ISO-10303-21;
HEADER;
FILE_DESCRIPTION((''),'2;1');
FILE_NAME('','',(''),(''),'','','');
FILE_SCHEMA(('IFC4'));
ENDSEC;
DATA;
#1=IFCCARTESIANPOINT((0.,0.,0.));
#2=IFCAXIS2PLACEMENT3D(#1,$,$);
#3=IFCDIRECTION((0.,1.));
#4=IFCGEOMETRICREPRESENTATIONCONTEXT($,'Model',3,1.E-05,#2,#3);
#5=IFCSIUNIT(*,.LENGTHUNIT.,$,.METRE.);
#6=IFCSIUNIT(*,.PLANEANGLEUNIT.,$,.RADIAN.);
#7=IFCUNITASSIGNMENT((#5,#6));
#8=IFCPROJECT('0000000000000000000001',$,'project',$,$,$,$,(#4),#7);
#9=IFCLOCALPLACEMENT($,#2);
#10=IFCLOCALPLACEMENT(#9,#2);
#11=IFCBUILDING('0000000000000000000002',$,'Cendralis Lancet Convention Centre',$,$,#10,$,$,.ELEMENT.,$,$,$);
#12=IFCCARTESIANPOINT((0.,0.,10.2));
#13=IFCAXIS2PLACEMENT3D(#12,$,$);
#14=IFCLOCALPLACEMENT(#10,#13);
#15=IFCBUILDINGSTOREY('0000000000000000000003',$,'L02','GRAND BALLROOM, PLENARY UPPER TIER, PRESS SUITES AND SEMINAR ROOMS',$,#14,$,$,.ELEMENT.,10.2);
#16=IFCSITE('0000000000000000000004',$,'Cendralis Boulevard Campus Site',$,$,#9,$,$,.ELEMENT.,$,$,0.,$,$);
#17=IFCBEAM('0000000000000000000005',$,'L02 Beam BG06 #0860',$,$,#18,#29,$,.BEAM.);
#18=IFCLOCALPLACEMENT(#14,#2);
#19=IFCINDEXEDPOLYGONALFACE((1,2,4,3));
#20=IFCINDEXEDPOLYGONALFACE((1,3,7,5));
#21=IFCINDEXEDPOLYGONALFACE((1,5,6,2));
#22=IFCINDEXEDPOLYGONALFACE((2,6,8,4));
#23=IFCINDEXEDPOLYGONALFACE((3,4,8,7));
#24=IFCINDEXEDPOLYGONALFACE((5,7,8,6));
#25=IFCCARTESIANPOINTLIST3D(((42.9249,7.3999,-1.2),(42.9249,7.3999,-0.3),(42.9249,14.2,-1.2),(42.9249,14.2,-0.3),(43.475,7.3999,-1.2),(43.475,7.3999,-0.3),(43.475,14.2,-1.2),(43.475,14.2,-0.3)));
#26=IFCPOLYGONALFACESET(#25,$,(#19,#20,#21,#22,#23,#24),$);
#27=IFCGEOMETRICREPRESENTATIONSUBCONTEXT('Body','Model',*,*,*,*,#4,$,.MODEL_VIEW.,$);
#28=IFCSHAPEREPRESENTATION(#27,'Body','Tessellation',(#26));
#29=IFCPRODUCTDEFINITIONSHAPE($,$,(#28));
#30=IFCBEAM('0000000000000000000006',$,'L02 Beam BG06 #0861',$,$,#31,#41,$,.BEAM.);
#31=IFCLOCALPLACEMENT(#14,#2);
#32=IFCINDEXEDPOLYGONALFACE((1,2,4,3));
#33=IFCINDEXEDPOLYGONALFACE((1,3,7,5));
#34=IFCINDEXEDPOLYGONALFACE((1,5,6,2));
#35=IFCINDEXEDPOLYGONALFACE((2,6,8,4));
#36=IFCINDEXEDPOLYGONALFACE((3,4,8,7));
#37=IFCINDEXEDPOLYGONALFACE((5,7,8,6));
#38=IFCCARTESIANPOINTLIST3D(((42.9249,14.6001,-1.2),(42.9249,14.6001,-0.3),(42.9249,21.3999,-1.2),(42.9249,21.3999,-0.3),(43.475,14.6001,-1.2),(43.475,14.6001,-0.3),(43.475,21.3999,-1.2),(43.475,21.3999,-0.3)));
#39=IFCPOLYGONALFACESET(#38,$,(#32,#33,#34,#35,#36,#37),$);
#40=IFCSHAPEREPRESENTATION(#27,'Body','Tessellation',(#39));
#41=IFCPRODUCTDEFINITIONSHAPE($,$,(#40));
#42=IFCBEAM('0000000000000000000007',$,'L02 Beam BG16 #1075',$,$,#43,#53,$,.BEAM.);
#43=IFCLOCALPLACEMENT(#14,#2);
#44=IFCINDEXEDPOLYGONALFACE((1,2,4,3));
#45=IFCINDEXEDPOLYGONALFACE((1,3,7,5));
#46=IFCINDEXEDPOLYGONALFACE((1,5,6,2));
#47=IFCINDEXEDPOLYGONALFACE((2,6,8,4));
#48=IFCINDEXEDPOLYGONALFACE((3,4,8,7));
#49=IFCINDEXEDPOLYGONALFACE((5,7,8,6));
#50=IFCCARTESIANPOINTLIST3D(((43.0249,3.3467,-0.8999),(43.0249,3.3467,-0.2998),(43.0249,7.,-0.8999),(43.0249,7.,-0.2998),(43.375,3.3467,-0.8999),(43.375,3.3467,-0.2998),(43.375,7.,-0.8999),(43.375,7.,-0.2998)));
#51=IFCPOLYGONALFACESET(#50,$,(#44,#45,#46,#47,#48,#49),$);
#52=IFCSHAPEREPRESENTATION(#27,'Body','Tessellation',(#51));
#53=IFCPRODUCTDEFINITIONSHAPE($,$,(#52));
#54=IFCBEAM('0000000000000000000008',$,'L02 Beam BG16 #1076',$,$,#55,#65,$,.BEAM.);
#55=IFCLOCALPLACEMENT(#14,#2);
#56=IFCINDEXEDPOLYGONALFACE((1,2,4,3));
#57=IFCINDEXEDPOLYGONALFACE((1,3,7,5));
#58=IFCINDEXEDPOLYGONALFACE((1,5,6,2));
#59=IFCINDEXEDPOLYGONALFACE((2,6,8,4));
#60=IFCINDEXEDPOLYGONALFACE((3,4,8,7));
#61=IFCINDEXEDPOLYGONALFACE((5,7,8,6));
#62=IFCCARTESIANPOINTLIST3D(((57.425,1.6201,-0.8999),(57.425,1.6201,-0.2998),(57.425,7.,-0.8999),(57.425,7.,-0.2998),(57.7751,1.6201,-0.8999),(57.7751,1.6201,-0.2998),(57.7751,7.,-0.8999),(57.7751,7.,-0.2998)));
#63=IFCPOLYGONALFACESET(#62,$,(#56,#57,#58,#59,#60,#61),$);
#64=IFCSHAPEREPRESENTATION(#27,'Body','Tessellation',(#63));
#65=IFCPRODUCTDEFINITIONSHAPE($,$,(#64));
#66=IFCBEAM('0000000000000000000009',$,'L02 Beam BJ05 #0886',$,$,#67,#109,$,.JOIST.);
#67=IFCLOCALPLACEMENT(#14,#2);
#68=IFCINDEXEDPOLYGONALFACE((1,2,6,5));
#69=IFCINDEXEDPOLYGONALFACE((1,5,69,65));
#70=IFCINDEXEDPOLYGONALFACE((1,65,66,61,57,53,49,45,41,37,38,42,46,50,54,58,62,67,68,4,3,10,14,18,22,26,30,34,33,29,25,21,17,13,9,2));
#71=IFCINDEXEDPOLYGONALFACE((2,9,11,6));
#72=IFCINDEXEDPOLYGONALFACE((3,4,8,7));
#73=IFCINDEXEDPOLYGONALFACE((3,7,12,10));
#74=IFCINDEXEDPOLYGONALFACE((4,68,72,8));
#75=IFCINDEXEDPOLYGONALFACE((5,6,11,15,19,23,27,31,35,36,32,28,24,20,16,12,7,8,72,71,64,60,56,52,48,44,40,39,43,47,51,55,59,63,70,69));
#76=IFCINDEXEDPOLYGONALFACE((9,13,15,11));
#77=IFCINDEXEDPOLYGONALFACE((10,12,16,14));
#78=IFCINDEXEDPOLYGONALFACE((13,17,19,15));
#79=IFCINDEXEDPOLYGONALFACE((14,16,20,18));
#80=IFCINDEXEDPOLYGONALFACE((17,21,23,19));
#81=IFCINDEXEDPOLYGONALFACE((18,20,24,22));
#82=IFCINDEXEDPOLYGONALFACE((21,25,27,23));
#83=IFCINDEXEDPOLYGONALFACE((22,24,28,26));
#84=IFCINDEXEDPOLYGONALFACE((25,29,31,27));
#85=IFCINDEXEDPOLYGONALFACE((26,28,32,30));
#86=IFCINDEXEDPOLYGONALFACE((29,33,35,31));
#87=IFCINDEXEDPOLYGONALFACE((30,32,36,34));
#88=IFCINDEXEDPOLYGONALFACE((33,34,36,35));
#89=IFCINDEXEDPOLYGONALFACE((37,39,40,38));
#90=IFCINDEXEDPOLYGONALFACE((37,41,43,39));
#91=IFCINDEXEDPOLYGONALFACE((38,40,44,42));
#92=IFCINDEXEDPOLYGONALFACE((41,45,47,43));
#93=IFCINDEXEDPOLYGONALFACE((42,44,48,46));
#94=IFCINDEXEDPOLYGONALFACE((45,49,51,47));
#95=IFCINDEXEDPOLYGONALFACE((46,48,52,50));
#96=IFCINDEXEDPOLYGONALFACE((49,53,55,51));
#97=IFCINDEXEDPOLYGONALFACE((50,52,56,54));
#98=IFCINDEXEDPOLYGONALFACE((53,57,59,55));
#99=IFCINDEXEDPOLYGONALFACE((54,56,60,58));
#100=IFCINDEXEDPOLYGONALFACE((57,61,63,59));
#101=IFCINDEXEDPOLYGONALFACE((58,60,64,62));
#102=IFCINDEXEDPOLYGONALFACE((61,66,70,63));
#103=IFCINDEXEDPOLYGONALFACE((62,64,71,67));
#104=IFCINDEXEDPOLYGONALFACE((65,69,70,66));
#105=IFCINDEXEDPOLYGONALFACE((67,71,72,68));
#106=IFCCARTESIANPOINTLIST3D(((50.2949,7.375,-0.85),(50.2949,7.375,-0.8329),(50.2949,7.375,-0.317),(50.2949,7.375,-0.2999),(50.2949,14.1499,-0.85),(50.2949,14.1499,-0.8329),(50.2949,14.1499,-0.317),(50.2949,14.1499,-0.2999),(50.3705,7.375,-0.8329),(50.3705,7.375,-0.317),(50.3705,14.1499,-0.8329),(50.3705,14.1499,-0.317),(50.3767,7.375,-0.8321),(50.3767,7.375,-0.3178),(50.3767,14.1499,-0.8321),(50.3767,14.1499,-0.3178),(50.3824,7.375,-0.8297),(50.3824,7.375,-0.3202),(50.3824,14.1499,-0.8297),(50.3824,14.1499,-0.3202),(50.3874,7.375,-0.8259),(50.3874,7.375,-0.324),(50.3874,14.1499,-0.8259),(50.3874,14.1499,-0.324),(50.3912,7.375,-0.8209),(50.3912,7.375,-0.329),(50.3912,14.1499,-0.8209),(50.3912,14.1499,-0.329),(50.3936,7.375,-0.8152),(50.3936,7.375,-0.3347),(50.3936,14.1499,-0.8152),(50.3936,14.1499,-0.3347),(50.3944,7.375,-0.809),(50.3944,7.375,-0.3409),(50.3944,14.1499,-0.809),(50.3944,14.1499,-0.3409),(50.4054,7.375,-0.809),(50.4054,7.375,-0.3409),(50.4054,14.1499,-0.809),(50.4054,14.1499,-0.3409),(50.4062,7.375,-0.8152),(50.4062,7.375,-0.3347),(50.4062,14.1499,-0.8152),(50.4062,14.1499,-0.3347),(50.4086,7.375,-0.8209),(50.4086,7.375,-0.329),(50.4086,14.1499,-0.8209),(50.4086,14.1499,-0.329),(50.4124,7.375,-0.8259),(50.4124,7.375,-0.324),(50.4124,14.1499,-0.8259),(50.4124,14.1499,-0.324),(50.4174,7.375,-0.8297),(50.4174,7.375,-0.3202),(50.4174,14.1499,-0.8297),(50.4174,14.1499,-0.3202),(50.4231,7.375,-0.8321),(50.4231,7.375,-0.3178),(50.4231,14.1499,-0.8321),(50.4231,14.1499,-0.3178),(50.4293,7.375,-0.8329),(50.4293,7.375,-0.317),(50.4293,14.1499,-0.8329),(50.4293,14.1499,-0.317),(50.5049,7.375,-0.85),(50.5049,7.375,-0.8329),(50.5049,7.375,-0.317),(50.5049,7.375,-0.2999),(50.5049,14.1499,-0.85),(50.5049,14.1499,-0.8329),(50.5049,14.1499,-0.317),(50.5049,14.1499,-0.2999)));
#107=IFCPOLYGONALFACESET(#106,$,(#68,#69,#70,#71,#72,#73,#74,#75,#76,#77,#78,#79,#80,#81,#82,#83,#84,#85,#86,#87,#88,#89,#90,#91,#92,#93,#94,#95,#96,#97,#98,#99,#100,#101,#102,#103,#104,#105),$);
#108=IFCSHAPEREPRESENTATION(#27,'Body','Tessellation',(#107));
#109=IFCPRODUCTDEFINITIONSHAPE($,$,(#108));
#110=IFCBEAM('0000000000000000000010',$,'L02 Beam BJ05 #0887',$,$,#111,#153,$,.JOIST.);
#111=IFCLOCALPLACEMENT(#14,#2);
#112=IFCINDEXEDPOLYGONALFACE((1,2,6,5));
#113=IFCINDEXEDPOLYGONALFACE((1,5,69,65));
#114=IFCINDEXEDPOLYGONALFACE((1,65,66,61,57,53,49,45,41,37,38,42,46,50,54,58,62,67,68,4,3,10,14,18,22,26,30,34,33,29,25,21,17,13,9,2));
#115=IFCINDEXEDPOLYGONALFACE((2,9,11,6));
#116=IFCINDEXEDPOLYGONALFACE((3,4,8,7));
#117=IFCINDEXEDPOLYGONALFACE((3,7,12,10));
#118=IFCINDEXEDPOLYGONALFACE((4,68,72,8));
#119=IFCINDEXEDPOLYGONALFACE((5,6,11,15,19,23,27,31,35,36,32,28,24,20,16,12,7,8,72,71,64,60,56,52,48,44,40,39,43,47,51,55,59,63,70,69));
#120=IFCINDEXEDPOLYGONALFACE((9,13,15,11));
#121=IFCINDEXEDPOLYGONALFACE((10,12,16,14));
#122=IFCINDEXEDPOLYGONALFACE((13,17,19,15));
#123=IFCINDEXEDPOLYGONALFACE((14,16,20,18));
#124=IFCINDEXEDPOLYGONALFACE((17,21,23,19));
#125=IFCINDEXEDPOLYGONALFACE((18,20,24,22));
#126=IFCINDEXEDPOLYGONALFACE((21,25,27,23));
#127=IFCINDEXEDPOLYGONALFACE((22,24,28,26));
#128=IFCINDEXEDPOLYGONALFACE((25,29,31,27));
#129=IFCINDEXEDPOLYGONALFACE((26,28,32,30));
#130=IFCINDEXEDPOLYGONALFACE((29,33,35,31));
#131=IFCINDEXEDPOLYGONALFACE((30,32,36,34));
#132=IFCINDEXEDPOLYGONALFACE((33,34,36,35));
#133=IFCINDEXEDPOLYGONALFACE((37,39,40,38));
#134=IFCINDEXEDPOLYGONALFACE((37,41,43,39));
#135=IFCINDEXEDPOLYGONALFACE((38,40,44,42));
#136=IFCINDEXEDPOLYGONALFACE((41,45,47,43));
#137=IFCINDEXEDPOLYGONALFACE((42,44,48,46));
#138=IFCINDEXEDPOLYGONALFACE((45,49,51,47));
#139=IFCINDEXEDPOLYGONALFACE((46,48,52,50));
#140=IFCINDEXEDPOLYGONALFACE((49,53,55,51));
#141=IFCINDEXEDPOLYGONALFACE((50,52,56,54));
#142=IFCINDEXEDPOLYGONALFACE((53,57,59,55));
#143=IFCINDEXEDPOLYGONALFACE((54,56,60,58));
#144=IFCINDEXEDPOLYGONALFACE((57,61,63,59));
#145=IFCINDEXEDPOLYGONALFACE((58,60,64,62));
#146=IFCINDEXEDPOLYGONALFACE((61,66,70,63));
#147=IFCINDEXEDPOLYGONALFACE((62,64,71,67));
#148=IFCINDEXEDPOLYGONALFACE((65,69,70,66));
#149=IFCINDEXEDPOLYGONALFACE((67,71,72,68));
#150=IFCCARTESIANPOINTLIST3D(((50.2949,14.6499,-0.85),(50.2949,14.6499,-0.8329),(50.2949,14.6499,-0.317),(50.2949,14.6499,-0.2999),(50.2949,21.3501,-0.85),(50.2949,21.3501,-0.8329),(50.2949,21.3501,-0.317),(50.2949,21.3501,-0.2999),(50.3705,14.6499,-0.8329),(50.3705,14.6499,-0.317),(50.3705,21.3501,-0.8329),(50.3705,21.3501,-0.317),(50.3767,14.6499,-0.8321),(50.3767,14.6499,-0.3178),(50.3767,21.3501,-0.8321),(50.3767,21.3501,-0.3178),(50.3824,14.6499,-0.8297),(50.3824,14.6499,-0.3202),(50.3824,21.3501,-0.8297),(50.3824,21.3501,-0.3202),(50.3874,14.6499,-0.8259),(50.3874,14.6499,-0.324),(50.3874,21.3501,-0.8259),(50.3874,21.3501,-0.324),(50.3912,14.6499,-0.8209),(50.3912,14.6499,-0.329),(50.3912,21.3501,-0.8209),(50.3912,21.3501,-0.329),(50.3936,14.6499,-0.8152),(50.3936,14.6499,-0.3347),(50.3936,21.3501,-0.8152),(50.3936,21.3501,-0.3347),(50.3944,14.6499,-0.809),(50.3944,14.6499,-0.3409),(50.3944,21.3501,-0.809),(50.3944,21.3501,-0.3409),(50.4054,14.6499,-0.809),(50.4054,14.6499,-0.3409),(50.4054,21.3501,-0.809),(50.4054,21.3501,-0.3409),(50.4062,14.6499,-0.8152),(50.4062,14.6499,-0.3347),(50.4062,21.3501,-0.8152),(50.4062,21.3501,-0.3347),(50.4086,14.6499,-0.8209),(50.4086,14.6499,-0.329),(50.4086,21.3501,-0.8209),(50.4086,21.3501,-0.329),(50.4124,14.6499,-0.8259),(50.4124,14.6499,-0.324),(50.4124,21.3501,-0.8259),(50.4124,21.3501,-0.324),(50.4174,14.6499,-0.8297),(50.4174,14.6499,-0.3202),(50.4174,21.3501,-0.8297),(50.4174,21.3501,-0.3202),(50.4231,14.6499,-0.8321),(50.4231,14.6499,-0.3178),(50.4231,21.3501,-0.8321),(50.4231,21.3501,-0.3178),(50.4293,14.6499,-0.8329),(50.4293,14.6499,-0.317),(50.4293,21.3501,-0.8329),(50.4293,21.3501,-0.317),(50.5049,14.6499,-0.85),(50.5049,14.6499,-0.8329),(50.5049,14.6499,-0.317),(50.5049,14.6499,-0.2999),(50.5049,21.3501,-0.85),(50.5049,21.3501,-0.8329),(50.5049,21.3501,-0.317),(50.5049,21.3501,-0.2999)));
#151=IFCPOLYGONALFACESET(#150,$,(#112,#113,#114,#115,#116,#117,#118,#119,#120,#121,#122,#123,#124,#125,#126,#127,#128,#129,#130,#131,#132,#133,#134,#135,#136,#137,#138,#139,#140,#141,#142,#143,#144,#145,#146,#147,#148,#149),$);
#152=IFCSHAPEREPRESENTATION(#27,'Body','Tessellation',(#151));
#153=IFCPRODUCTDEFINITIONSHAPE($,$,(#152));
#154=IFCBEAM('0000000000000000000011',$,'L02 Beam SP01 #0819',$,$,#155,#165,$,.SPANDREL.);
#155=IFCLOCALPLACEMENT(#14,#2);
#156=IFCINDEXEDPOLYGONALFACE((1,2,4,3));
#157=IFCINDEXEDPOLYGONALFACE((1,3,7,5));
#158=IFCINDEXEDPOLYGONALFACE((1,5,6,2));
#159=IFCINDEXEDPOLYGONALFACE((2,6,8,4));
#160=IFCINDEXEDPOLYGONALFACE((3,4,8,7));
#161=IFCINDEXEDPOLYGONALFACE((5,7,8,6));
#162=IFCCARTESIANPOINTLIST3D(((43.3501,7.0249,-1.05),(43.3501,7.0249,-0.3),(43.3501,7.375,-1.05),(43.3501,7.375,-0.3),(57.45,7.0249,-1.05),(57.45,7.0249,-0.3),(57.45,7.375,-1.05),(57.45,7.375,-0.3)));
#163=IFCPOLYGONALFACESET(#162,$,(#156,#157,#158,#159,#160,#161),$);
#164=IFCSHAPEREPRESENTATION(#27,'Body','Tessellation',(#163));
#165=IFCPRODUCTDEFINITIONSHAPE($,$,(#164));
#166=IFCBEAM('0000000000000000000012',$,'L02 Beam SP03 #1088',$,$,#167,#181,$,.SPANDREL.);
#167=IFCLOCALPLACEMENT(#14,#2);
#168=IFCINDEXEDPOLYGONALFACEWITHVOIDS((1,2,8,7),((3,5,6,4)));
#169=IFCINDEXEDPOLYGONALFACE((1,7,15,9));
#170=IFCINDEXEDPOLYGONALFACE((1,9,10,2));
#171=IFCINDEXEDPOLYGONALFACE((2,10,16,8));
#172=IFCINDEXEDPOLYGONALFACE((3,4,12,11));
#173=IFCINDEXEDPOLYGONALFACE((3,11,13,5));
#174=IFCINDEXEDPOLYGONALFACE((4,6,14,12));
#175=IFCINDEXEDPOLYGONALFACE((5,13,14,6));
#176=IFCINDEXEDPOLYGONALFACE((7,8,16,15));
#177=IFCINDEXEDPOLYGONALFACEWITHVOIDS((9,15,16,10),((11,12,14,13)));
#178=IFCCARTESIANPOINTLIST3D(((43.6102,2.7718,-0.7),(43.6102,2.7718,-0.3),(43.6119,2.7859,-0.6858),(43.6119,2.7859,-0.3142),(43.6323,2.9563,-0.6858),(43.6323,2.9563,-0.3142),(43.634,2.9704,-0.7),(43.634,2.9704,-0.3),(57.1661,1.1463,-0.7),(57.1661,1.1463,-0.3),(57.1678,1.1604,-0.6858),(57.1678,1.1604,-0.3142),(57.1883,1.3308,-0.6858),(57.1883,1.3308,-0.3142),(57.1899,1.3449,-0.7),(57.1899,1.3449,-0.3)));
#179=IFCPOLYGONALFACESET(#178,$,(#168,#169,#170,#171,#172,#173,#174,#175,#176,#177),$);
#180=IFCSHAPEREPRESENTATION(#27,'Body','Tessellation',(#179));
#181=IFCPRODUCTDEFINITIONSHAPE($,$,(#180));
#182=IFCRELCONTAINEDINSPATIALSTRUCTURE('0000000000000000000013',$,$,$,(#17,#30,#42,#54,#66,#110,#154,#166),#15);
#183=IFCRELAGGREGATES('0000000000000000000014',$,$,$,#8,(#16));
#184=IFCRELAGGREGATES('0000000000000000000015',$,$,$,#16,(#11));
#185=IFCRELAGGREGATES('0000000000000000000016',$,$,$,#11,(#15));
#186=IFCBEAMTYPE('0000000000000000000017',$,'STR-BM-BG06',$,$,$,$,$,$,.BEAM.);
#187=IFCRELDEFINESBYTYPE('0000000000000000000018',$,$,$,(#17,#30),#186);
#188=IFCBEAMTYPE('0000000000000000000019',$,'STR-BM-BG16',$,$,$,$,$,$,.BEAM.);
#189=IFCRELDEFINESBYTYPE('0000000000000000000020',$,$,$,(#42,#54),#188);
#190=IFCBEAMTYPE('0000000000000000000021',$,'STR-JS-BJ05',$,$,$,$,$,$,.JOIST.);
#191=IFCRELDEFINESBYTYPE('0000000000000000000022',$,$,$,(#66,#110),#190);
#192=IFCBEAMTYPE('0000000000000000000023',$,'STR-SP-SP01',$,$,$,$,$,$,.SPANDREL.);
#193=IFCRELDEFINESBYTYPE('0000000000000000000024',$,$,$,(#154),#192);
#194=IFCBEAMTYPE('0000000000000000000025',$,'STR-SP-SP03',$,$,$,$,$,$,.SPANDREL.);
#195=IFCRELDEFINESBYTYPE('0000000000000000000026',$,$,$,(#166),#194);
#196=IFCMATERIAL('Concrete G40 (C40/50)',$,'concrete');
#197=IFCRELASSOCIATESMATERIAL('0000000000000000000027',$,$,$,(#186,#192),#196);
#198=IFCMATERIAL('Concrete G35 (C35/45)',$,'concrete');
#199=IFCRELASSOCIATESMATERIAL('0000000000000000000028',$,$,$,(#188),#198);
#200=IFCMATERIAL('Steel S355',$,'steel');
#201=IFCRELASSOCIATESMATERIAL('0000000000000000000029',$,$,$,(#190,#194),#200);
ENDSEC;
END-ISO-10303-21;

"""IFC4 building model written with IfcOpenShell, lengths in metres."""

from ifc_helpers import new_model, si_unit, direction, frame, origin, origin_2d, place, context, subcontext, project, spatial, rectangle, hollow_rectangle, i_section, extrude, material, material_profile, profile_set, type_object, element, save


model = new_model("IFC4")

# Units and contexts
model_context = context("Model", 3, precision=1e-05, world=origin(), true_north=direction((0.0, 1.0)))
body_context = subcontext(model_context, "Body", "Model", "MODEL_VIEW")
ifc_project = project(units=[si_unit("LENGTHUNIT", "METRE"), si_unit("PLANEANGLEUNIT", "RADIAN")], contexts=[model_context])

# Site, building, storey
site_placement = place(None, origin())
site = spatial("IfcSite", under=ifc_project, at=site_placement, Name="Cendralis Boulevard Campus Site", CompositionType="ELEMENT", RefElevation=0.0)
building_placement = place(site_placement, origin())
building = spatial("IfcBuilding", under=site, at=building_placement, Name="Cendralis Lancet Convention Centre", CompositionType="ELEMENT")
storey_placement = place(building_placement, frame((0.0, 0.0, 10.2)))
storey = spatial("IfcBuildingStorey", under=building, at=storey_placement, Name="L02", Description="GRAND BALLROOM, PLENARY UPPER TIER, PRESS SUITES AND SEMINAR ROOMS", CompositionType="ELEMENT", Elevation=10.2)

# Shared definitions
ifc_material_1 = material(Name="Concrete G40 (C40/50)", Category="concrete")
ifc_material_2 = material(Name="Steel S355", Category="steel")

# Beams
ifc_material_profile_1 = material_profile(ifc_material_1, rectangle(XDim=0.55, YDim=0.8999, at=origin_2d()), Name="RCB 550x900")
ifc_profile_set_1 = profile_set([ifc_material_profile_1], Name="Concrete G40 (C40/50)")
beam_type_1 = type_object("IfcBeamType", Name="STR-BM-BG06", PredefinedType="BEAM", material=ifc_profile_set_1)
beam_1_placement = place(storey_placement, frame((43.2, 7.3999, -0.75), z_axis=(0.0, 1.0, 0.0), x_axis=(-1.0, 0.0, 0.0)))
element("IfcBeam", 1, at=beam_1_placement, inside=storey, type_object=beam_type_1, Name="L02 Beam BG06 #0860", PredefinedType="BEAM", context=body_context, shape_type="SweptSolid", body=[
    extrude(rectangle(XDim=0.55, YDim=0.8999, at=origin_2d()), origin(), (0.0, 0.0, 1.0), 6.8),
])
beam_2_placement = place(storey_placement, frame((43.2, 14.6001, -0.75), z_axis=(0.0, 1.0, 0.0), x_axis=(-1.0, 0.0, 0.0)))
element("IfcBeam", 2, at=beam_2_placement, inside=storey, type_object=beam_type_1, Name="L02 Beam BG06 #0861", PredefinedType="BEAM", context=body_context, shape_type="SweptSolid", body=[
    extrude(rectangle(XDim=0.55, YDim=0.8999, at=origin_2d()), origin(), (0.0, 0.0, 1.0), 6.7998),
])
ifc_material_3 = material(Name="Concrete G35 (C35/45)", Category="concrete")
ifc_material_profile_2 = material_profile(ifc_material_3, rectangle(XDim=0.3501, YDim=0.6001, at=origin_2d()), Name="RCB 350x600")
ifc_profile_set_2 = profile_set([ifc_material_profile_2], Name="Concrete G35 (C35/45)")
beam_type_2 = type_object("IfcBeamType", Name="STR-BM-BG16", PredefinedType="BEAM", material=ifc_profile_set_2)
beam_3_placement = place(storey_placement, frame((43.2, 3.3467, -0.5999), z_axis=(0.0, 1.0, 0.0), x_axis=(-1.0, 0.0, 0.0)))
element("IfcBeam", 3, at=beam_3_placement, inside=storey, type_object=beam_type_2, Name="L02 Beam BG16 #1075", PredefinedType="BEAM", context=body_context, shape_type="SweptSolid", body=[
    extrude(rectangle(XDim=0.3501, YDim=0.6001, at=origin_2d()), origin(), (0.0, 0.0, 1.0), 3.6533),
])
beam_4_placement = place(storey_placement, frame((57.6001, 1.6201, -0.5999), z_axis=(0.0, 1.0, 0.0), x_axis=(-1.0, 0.0, 0.0)))
element("IfcBeam", 4, at=beam_4_placement, inside=storey, type_object=beam_type_2, Name="L02 Beam BG16 #1076", PredefinedType="BEAM", context=body_context, shape_type="SweptSolid", body=[
    extrude(rectangle(XDim=0.3501, YDim=0.6001, at=origin_2d()), origin(), (0.0, 0.0, 1.0), 5.3799),
])
ifc_material_profile_3 = material_profile(ifc_material_2, i_section(OverallWidth=0.21, OverallDepth=0.55, WebThickness=0.011, FlangeThickness=0.0171, FilletRadius=0.0239, at=origin_2d()), Name="IPE 550")
ifc_profile_set_3 = profile_set([ifc_material_profile_3], Name="Steel S355")
beam_type_3 = type_object("IfcBeamType", Name="STR-JS-BJ05", PredefinedType="JOIST", material=ifc_profile_set_3)
beam_5_placement = place(storey_placement, frame((50.3999, 7.375, -0.575), z_axis=(0.0, 1.0, 0.0), x_axis=(-1.0, 0.0, 0.0)))
element("IfcBeam", 5, at=beam_5_placement, inside=storey, type_object=beam_type_3, Name="L02 Beam BJ05 #0886", PredefinedType="JOIST", context=body_context, shape_type="SweptSolid", body=[
    extrude(i_section(OverallWidth=0.21, OverallDepth=0.55, WebThickness=0.011, FlangeThickness=0.0171, FilletRadius=0.0239, at=origin_2d()), origin(), (0.0, 0.0, 1.0), 6.7749),
])
beam_6_placement = place(storey_placement, frame((50.3999, 14.6499, -0.575), z_axis=(0.0, 1.0, 0.0), x_axis=(-1.0, 0.0, 0.0)))
element("IfcBeam", 6, at=beam_6_placement, inside=storey, type_object=beam_type_3, Name="L02 Beam BJ05 #0887", PredefinedType="JOIST", context=body_context, shape_type="SweptSolid", body=[
    extrude(i_section(OverallWidth=0.21, OverallDepth=0.55, WebThickness=0.011, FlangeThickness=0.0171, FilletRadius=0.0239, at=origin_2d()), origin(), (0.0, 0.0, 1.0), 6.7002),
])
ifc_material_profile_4 = material_profile(ifc_material_1, rectangle(XDim=0.3501, YDim=0.75, at=origin_2d()), Name="RCB 350x750")
ifc_profile_set_4 = profile_set([ifc_material_profile_4], Name="Concrete G40 (C40/50)")
beam_type_4 = type_object("IfcBeamType", Name="STR-SP-SP01", PredefinedType="SPANDREL", material=ifc_profile_set_4)
beam_7_placement = place(storey_placement, frame((43.3501, 7.2, -0.675), z_axis=(1.0, 0.0, 0.0), x_axis=(0.0, 1.0, 0.0)))
element("IfcBeam", 7, at=beam_7_placement, inside=storey, type_object=beam_type_4, Name="L02 Beam SP01 #0819", PredefinedType="SPANDREL", context=body_context, shape_type="SweptSolid", body=[
    extrude(rectangle(XDim=0.3501, YDim=0.75, at=origin_2d()), origin(), (0.0, 0.0, 1.0), 14.0999),
])
ifc_material_profile_5 = material_profile(ifc_material_2, hollow_rectangle(XDim=0.2, YDim=0.3999, WallThickness=0.0142, at=origin_2d()), Name="RHS 400x200x14.2")
ifc_profile_set_5 = profile_set([ifc_material_profile_5], Name="Steel S355")
beam_type_5 = type_object("IfcBeamType", Name="STR-SP-SP03", PredefinedType="SPANDREL", material=ifc_profile_set_5)
beam_8_placement = place(storey_placement, frame((43.6221, 2.8711, -0.5), z_axis=(0.992887, -0.119057, 0.0), x_axis=(0.119057, 0.992887, 0.0)))
element("IfcBeam", 8, at=beam_8_placement, inside=storey, type_object=beam_type_5, Name="L02 Beam SP03 #1088", PredefinedType="SPANDREL", context=body_context, shape_type="SweptSolid", body=[
    extrude(hollow_rectangle(XDim=0.2, YDim=0.3999, WallThickness=0.0142, at=origin_2d()), origin(), (0.0, 0.0, 1.0), 13.6531),
])

save(model, "model.ifc")
